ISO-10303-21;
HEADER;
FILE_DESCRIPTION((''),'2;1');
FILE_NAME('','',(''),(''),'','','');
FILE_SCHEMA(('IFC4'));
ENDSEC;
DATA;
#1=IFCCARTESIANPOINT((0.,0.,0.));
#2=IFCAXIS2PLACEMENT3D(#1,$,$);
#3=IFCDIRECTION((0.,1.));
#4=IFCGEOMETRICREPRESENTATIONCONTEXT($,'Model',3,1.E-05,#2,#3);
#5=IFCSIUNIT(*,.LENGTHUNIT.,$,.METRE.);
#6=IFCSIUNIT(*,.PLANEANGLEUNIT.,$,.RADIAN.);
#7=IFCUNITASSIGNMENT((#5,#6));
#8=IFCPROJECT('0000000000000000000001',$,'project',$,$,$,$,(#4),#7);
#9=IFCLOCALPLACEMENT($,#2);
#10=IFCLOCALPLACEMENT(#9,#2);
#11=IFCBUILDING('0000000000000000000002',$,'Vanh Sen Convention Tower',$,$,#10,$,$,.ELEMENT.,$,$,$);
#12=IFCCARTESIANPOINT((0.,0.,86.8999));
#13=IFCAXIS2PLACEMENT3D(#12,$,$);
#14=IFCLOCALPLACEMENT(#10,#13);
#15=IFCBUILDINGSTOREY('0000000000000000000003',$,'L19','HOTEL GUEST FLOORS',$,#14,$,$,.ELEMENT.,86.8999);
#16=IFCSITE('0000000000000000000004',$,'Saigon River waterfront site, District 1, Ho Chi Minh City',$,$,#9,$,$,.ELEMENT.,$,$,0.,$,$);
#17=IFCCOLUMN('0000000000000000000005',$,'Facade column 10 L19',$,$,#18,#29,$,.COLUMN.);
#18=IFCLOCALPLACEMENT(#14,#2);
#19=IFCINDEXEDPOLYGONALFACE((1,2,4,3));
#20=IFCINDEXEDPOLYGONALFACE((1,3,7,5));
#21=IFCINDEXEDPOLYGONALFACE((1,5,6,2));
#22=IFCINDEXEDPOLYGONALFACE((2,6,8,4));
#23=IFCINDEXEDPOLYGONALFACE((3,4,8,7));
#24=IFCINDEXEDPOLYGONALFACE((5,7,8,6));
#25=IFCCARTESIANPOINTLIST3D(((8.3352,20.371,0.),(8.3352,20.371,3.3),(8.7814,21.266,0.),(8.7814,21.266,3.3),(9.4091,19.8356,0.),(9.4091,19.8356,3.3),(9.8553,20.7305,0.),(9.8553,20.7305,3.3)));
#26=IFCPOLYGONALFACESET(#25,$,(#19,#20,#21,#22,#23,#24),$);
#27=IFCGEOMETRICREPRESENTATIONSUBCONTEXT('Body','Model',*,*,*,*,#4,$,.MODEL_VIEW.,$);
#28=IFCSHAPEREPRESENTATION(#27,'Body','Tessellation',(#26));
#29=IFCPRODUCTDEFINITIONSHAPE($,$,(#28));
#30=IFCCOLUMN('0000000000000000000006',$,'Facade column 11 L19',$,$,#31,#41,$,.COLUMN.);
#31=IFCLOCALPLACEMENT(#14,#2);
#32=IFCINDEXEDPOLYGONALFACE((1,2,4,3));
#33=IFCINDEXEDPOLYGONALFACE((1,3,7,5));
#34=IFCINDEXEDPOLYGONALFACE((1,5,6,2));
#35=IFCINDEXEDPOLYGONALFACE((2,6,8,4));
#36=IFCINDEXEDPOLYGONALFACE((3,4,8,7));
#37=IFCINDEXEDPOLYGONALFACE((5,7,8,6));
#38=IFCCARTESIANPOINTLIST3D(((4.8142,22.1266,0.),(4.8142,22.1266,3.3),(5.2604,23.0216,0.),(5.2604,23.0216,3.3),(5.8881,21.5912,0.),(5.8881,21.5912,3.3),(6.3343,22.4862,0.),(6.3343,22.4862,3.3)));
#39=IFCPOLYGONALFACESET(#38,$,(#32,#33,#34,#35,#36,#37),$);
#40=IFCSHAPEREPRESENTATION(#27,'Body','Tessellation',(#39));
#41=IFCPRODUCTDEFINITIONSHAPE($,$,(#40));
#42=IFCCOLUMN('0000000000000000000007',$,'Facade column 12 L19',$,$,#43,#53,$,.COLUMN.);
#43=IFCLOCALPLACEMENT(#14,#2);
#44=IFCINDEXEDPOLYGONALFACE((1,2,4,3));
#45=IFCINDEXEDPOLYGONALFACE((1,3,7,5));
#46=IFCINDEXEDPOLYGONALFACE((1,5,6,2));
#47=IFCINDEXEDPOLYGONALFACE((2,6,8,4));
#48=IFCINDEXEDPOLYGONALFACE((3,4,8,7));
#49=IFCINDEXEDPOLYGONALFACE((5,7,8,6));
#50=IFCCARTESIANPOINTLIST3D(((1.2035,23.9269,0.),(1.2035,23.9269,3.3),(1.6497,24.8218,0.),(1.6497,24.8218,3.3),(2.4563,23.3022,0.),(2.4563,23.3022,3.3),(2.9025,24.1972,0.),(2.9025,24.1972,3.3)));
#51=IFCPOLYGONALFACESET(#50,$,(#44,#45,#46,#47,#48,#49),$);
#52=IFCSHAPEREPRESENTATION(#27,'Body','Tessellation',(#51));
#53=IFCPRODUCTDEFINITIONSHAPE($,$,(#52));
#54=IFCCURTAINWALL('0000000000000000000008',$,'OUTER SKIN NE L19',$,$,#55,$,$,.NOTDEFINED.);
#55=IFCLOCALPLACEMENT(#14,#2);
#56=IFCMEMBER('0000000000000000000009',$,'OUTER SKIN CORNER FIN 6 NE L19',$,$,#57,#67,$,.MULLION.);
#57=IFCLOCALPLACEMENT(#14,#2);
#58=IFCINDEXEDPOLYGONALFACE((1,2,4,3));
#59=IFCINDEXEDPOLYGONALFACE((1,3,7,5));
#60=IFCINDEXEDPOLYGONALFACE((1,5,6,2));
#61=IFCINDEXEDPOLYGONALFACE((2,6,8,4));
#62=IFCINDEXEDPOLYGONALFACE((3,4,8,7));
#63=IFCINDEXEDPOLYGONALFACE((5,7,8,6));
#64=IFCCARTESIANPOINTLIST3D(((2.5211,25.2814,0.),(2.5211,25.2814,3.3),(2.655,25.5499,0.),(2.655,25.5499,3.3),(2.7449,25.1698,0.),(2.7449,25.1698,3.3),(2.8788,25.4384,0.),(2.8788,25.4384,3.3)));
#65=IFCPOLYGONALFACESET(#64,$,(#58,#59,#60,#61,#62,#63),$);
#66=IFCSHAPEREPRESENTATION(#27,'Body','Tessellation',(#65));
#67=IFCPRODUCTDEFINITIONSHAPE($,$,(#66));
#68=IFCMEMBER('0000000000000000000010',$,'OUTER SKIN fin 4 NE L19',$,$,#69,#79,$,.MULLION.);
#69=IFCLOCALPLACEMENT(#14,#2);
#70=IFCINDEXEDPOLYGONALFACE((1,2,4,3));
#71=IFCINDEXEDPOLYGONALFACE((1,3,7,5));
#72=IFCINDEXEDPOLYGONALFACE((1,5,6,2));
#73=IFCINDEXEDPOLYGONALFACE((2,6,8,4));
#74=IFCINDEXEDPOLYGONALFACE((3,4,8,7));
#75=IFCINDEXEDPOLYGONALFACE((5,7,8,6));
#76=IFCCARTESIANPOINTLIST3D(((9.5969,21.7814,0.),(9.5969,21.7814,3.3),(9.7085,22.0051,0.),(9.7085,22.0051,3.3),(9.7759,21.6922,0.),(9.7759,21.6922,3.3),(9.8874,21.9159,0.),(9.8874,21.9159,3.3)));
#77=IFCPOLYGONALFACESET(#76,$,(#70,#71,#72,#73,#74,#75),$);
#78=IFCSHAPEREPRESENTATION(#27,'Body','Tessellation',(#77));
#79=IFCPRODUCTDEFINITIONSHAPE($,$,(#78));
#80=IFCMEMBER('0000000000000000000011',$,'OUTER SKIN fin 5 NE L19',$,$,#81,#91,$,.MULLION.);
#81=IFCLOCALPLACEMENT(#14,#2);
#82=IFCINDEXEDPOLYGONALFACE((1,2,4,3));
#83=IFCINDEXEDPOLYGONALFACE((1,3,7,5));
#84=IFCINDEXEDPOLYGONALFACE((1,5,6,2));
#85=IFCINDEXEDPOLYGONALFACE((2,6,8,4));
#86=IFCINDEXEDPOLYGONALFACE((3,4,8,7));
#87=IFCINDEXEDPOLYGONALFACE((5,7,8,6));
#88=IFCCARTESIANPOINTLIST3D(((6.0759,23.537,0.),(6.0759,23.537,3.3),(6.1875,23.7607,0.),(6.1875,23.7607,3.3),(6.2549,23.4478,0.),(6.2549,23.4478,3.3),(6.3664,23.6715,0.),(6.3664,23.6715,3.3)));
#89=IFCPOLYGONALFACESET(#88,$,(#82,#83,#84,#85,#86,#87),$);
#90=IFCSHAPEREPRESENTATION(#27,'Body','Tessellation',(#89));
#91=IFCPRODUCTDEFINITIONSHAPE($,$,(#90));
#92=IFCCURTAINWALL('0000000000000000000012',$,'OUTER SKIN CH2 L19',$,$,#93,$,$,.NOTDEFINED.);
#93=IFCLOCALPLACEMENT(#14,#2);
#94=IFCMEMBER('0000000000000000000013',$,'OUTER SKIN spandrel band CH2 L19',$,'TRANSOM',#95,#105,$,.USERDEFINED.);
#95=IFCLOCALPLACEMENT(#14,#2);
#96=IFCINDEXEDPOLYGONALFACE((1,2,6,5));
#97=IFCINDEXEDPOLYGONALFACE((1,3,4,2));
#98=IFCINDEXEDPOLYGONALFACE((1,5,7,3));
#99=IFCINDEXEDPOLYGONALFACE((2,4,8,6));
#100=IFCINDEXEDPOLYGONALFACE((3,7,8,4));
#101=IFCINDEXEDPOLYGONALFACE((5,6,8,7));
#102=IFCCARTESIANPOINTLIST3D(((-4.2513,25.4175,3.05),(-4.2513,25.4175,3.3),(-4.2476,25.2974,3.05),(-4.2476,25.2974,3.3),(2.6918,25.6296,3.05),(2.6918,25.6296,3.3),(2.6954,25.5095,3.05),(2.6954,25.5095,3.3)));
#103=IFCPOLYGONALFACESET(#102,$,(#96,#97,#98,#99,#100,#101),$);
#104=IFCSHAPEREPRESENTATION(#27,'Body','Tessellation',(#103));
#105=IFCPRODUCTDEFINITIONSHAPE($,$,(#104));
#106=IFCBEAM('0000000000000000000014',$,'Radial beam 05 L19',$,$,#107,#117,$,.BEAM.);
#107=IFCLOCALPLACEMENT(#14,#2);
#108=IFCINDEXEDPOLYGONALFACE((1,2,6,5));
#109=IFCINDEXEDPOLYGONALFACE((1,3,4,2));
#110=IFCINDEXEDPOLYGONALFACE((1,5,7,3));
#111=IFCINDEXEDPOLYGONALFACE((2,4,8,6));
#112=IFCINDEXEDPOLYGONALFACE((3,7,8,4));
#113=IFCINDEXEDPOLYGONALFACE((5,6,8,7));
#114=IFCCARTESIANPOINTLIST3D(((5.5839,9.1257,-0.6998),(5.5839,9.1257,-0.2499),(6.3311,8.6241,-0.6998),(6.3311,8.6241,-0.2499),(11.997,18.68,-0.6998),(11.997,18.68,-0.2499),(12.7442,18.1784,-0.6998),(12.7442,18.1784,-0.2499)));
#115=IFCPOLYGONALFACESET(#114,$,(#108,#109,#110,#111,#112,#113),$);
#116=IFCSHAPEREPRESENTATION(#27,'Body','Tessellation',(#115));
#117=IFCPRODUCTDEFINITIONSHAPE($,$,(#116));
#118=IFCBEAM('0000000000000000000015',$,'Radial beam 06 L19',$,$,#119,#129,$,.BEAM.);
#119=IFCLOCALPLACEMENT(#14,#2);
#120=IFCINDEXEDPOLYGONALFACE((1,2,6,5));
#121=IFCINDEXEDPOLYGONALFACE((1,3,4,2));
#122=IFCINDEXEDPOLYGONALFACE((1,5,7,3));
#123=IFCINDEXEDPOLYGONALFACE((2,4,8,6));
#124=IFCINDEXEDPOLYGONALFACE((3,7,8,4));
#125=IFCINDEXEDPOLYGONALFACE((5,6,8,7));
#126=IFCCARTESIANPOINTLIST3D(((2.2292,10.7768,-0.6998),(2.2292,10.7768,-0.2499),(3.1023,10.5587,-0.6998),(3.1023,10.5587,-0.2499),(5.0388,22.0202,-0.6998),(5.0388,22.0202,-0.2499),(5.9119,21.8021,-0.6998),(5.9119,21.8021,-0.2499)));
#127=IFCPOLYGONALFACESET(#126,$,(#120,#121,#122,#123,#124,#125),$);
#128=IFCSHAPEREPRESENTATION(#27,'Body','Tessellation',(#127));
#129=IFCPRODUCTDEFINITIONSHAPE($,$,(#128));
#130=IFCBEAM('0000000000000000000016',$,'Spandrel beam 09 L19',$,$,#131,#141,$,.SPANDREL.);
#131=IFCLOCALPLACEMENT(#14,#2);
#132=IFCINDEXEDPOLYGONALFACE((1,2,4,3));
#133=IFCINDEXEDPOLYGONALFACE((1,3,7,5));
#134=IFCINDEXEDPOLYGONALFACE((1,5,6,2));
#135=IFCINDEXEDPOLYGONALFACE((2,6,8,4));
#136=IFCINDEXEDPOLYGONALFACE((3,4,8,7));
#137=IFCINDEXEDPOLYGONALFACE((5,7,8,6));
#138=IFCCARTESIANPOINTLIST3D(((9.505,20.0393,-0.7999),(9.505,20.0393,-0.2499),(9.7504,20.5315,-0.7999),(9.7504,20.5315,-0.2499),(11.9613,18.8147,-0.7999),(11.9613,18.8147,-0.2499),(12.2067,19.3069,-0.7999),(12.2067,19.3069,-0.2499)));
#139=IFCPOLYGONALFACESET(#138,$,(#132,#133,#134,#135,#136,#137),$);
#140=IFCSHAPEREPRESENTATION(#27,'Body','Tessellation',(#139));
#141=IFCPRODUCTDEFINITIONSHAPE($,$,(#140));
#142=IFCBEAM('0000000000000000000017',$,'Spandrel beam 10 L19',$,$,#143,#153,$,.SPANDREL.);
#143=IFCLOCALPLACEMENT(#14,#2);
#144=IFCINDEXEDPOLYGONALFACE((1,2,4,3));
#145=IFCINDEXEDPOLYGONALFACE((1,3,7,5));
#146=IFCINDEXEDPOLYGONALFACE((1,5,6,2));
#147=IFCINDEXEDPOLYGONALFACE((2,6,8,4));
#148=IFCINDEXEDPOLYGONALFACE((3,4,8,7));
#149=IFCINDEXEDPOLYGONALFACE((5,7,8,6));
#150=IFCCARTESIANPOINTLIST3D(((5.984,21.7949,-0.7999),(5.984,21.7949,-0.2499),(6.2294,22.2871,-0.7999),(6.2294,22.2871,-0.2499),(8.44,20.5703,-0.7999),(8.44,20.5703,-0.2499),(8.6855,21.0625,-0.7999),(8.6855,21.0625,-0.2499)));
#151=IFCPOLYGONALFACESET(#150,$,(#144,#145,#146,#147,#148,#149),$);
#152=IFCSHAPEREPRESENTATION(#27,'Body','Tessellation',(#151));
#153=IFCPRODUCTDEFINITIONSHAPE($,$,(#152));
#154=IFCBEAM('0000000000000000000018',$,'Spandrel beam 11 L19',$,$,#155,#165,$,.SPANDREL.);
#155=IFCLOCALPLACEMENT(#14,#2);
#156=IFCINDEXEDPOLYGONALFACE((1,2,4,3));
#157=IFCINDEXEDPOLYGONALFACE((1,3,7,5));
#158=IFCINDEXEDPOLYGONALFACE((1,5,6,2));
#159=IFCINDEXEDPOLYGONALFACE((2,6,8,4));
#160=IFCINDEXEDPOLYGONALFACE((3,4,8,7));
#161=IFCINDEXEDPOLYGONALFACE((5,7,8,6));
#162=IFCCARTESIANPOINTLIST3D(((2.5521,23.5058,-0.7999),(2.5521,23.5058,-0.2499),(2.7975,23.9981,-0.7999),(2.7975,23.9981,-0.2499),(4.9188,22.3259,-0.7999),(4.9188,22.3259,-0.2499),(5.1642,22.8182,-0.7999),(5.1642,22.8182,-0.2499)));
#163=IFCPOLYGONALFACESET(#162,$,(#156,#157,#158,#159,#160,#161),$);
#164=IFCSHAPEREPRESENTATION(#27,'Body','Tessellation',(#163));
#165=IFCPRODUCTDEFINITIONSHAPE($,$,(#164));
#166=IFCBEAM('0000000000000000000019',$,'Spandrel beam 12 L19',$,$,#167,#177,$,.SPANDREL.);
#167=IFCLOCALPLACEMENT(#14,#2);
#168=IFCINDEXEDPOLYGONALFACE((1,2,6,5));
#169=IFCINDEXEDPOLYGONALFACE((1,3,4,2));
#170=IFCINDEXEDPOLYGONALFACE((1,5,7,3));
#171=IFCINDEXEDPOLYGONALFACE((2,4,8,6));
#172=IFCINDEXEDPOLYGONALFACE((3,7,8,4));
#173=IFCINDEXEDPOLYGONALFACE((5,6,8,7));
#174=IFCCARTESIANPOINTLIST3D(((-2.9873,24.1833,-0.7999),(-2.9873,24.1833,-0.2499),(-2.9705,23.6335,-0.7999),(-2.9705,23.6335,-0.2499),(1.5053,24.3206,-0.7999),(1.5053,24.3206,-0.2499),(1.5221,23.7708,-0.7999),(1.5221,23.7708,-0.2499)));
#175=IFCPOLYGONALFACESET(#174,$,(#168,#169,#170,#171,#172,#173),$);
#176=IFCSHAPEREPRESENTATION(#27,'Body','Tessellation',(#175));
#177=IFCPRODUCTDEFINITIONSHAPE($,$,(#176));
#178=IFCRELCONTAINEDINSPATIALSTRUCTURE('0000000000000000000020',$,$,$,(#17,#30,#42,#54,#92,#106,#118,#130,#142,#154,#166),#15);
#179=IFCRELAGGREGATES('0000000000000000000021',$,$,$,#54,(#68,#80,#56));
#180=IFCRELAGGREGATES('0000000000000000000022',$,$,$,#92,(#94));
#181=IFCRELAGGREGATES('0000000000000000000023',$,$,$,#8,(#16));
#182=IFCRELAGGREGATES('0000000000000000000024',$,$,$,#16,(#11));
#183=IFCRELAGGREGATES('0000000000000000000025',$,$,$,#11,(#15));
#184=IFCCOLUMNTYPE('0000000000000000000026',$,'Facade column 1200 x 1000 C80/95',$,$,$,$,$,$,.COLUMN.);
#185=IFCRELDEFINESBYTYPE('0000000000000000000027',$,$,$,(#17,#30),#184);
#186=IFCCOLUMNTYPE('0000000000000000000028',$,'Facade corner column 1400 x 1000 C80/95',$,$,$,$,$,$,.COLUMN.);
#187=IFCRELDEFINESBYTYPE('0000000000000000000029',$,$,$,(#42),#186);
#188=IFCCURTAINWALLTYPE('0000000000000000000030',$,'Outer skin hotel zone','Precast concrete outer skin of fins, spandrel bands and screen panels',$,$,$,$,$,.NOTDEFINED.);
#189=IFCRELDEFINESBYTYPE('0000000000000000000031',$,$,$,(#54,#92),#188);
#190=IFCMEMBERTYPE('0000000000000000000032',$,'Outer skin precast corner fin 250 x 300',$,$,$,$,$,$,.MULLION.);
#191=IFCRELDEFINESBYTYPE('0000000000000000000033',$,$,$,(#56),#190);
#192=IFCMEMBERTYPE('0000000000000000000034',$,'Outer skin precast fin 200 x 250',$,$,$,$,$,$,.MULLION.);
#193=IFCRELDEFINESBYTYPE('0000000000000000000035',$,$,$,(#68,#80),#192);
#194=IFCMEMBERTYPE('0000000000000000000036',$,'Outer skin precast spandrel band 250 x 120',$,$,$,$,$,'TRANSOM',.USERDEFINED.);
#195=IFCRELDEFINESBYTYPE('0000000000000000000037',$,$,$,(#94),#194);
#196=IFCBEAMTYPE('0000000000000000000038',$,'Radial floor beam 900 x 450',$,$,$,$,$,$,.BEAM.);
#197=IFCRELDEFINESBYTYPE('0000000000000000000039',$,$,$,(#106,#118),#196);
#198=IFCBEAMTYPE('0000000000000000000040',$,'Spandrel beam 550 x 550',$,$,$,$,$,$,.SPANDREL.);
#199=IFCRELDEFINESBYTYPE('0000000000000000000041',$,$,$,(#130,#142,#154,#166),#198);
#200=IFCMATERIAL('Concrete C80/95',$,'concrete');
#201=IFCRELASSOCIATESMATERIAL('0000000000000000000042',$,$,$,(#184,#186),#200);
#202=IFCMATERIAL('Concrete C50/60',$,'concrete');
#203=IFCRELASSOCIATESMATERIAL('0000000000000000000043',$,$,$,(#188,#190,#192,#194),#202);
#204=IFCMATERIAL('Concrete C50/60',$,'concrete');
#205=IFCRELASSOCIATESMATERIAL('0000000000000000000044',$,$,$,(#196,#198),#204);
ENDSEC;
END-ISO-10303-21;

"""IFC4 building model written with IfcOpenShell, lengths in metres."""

from ifc_helpers import new_model, si_unit, direction, frame, origin, origin_2d, place, context, subcontext, project, spatial, rectangle, extrude, material, material_profile, profile_set, type_object, element, aggregate, save


model = new_model("IFC4")

# Units and contexts
model_context = context("Model", 3, precision=1e-05, world=origin(), true_north=direction((0.0, 1.0)))
body_context = subcontext(model_context, "Body", "Model", "MODEL_VIEW")
ifc_project = project(units=[si_unit("LENGTHUNIT", "METRE"), si_unit("PLANEANGLEUNIT", "RADIAN")], contexts=[model_context])

# Site, building, storey
site_placement = place(None, origin())
site = spatial("IfcSite", under=ifc_project, at=site_placement, Name="Saigon River waterfront site, District 1, Ho Chi Minh City", CompositionType="ELEMENT", RefElevation=0.0)
building_placement = place(site_placement, origin())
building = spatial("IfcBuilding", under=site, at=building_placement, Name="Vanh Sen Convention Tower", CompositionType="ELEMENT")
storey_placement = place(building_placement, frame((0.0, 0.0, 86.8999)))
storey = spatial("IfcBuildingStorey", under=building, at=storey_placement, Name="L19", Description="HOTEL GUEST FLOORS", CompositionType="ELEMENT", Elevation=86.8999)

# Columns
ifc_material_1 = material(Name="Concrete C80/95", Category="concrete")
ifc_material_profile_1 = material_profile(ifc_material_1, rectangle(XDim=1.2, YDim=1.0, at=origin_2d()), Name="RC 1200X1000")
ifc_profile_set_1 = profile_set([ifc_material_profile_1], Name="Concrete C80/95")
column_type_1 = type_object("IfcColumnType", Name="Facade column 1200 x 1000 C80/95", PredefinedType="COLUMN", material=ifc_profile_set_1)
for number, where, z_axis, x_axis, name in (
    (1, (9.0952, 20.5508, 0.0), (0.0, 0.0, 1.0), (-0.894934, 0.446198, 0.0), "Facade column 10 L19"),
    (2, (5.5742, 22.3064, 0.0), (0.0, 0.0, 1.0), (-0.894934, 0.446198, 0.0), "Facade column 11 L19"),
):
    element("IfcColumn", number, at=place(storey_placement, frame(where, z_axis=z_axis, x_axis=x_axis)), inside=storey, type_object=column_type_1, Name=name, PredefinedType="COLUMN", context=body_context, shape_type="SweptSolid", body=[
        extrude(rectangle(XDim=1.2, YDim=1.0, at=origin_2d()), origin(), (0.0, 0.0, 1.0), 3.3),
    ])
ifc_material_profile_2 = material_profile(ifc_material_1, rectangle(XDim=1.3999, YDim=1.0, at=origin_2d()), Name="RC 1400X1000")
ifc_profile_set_2 = profile_set([ifc_material_profile_2], Name="Concrete C80/95")
column_type_2 = type_object("IfcColumnType", Name="Facade corner column 1400 x 1000 C80/95", PredefinedType="COLUMN", material=ifc_profile_set_2)
column_placement = place(storey_placement, frame((2.053, 24.062, 0.0), z_axis=(0.0, 0.0, 1.0), x_axis=(-0.894934, 0.446198, 0.0)))
element("IfcColumn", 3, at=column_placement, inside=storey, type_object=column_type_2, Name="Facade column 12 L19", PredefinedType="COLUMN", context=body_context, shape_type="SweptSolid", body=[
    extrude(rectangle(XDim=1.3999, YDim=1.0, at=origin_2d()), origin(), (0.0, 0.0, 1.0), 3.3),
])

# Curtain wall, members
ifc_material_2 = material(Name="Concrete C50/60", Category="concrete")
curtain_wall_type = type_object("IfcCurtainWallType", Name="Outer skin hotel zone", Description="Precast concrete outer skin of fins, spandrel bands and screen panels", PredefinedType="NOTDEFINED", material=ifc_material_2)
curtain_wall_1_placement = place(storey_placement, origin())
curtain_wall_1 = element("IfcCurtainWall", 4, at=curtain_wall_1_placement, inside=storey, type_object=curtain_wall_type, Name="OUTER SKIN NE L19", PredefinedType="NOTDEFINED")
ifc_material_profile_3 = material_profile(ifc_material_2, rectangle(XDim=0.25, YDim=0.3, at=origin_2d()), Name="Outer skin precast corner fin 250 x 300")
ifc_profile_set_3 = profile_set([ifc_material_profile_3], Name="Concrete C50/60")
member_type_1 = type_object("IfcMemberType", Name="Outer skin precast corner fin 250 x 300", PredefinedType="MULLION", material=ifc_profile_set_3)
member_1_placement = place(storey_placement, frame((2.7, 25.3599, 0.0), z_axis=(0.0, 0.0, 1.0), x_axis=(-0.894934, 0.446198, 0.0)))
member_1 = element("IfcMember", 5, at=member_1_placement, type_object=member_type_1, Name="OUTER SKIN CORNER FIN 6 NE L19", PredefinedType="MULLION", context=body_context, shape_type="SweptSolid", body=[
    extrude(rectangle(XDim=0.25, YDim=0.3, at=origin_2d()), origin(), (0.0, 0.0, 1.0), 3.3),
])
ifc_material_profile_4 = material_profile(ifc_material_2, rectangle(XDim=0.2, YDim=0.25, at=origin_2d()), Name="Outer skin precast fin 200 x 250")
ifc_profile_set_4 = profile_set([ifc_material_profile_4], Name="Concrete C50/60")
member_type_2 = type_object("IfcMemberType", Name="Outer skin precast fin 200 x 250", PredefinedType="MULLION", material=ifc_profile_set_4)
member_2_placement = place(storey_placement, frame((9.7422, 21.8486, 0.0), z_axis=(0.0, 0.0, 1.0), x_axis=(-0.894934, 0.446198, 0.0)))
member_2 = element("IfcMember", 6, at=member_2_placement, type_object=member_type_2, Name="OUTER SKIN fin 4 NE L19", PredefinedType="MULLION", context=body_context, shape_type="SweptSolid", body=[
    extrude(rectangle(XDim=0.2, YDim=0.25, at=origin_2d()), origin(), (0.0, 0.0, 1.0), 3.3),
])
member_3_placement = place(storey_placement, frame((6.2212, 23.6042, 0.0), z_axis=(0.0, 0.0, 1.0), x_axis=(-0.894934, 0.446198, 0.0)))
member_3 = element("IfcMember", 7, at=member_3_placement, type_object=member_type_2, Name="OUTER SKIN fin 5 NE L19", PredefinedType="MULLION", context=body_context, shape_type="SweptSolid", body=[
    extrude(rectangle(XDim=0.2, YDim=0.25, at=origin_2d()), origin(), (0.0, 0.0, 1.0), 3.3),
])

# Curtain wall, member
curtain_wall_2_placement = place(storey_placement, origin())
curtain_wall_2 = element("IfcCurtainWall", 8, at=curtain_wall_2_placement, inside=storey, type_object=curtain_wall_type, Name="OUTER SKIN CH2 L19", PredefinedType="NOTDEFINED")
ifc_material_profile_5 = material_profile(ifc_material_2, rectangle(XDim=0.1201, YDim=0.25, at=origin_2d()), Name="Outer skin precast spandrel band 250 x 120")
ifc_profile_set_5 = profile_set([ifc_material_profile_5], Name="Concrete C50/60")
member_type_3 = type_object("IfcMemberType", Name="Outer skin precast spandrel band 250 x 120", ElementType="TRANSOM", PredefinedType="USERDEFINED", material=ifc_profile_set_5)
member_4_placement = place(storey_placement, frame((2.6936, 25.5696, 3.175), z_axis=(-0.999533, -0.030542, 0.0), x_axis=(0.030542, -0.999533, 0.0)))
member_4 = element("IfcMember", 9, at=member_4_placement, type_object=member_type_3, Name="OUTER SKIN spandrel band CH2 L19", ObjectType="TRANSOM", PredefinedType="USERDEFINED", context=body_context, shape_type="SweptSolid", body=[
    extrude(rectangle(XDim=0.1201, YDim=0.25, at=origin_2d()), origin(), (0.0, 0.0, 1.0), 6.9463),
])

# Beams
ifc_material_3 = material(Name="Concrete C50/60", Category="concrete")
ifc_material_profile_6 = material_profile(ifc_material_3, rectangle(XDim=0.8999, YDim=0.45, at=origin_2d()), Name="RC 900X450")
ifc_profile_set_6 = profile_set([ifc_material_profile_6], Name="Concrete C50/60")
beam_type_1 = type_object("IfcBeamType", Name="Radial floor beam 900 x 450", PredefinedType="BEAM", material=ifc_profile_set_6)
beam_1_placement = place(storey_placement, frame((12.3706, 18.4292, -0.4749), z_axis=(-0.557322, -0.830297, 0.0), x_axis=(0.830297, -0.557322, 0.0)))
element("IfcBeam", 10, at=beam_1_placement, inside=storey, type_object=beam_type_1, Name="Radial beam 05 L19", PredefinedType="BEAM", context=body_context, shape_type="SweptSolid", body=[
    extrude(rectangle(XDim=0.8999, YDim=0.45, at=origin_2d()), origin(), (0.0, 0.0, 1.0), 11.5071),
])
beam_2_placement = place(storey_placement, frame((5.4753, 21.9111, -0.4749), z_axis=(-0.242432, -0.970169, 0.0), x_axis=(0.970169, -0.242432, 0.0)))
element("IfcBeam", 11, at=beam_2_placement, inside=storey, type_object=beam_type_1, Name="Radial beam 06 L19", PredefinedType="BEAM", context=body_context, shape_type="SweptSolid", body=[
    extrude(rectangle(XDim=0.8999, YDim=0.45, at=origin_2d()), origin(), (0.0, 0.0, 1.0), 11.5891),
])
ifc_material_profile_7 = material_profile(ifc_material_3, rectangle(XDim=0.55, YDim=0.55, at=origin_2d()), Name="RC 550X550")
ifc_profile_set_7 = profile_set([ifc_material_profile_7], Name="Concrete C50/60")
beam_type_2 = type_object("IfcBeamType", Name="Spandrel beam 550 x 550", PredefinedType="SPANDREL", material=ifc_profile_set_7)
beam_3_placement = place(storey_placement, frame((12.084, 19.0608, -0.5249), z_axis=(-0.894943, 0.446181, 0.0), x_axis=(-0.446181, -0.894943, 0.0)))
element("IfcBeam", 12, at=beam_3_placement, inside=storey, type_object=beam_type_2, Name="Spandrel beam 09 L19", PredefinedType="SPANDREL", context=body_context, shape_type="SweptSolid", body=[
    extrude(rectangle(XDim=0.55, YDim=0.55, at=origin_2d()), origin(), (0.0, 0.0, 1.0), 2.7446),
])
beam_4_placement = place(storey_placement, frame((8.5627, 20.8164, -0.5249), z_axis=(-0.894925, 0.446217, 0.0), x_axis=(-0.446217, -0.894925, 0.0)))
element("IfcBeam", 13, at=beam_4_placement, inside=storey, type_object=beam_type_2, Name="Spandrel beam 10 L19", PredefinedType="SPANDREL", context=body_context, shape_type="SweptSolid", body=[
    extrude(rectangle(XDim=0.55, YDim=0.55, at=origin_2d()), origin(), (0.0, 0.0, 1.0), 2.7444),
])
beam_5_placement = place(storey_placement, frame((5.0415, 22.572, -0.5249), z_axis=(-0.894944, 0.446179, 0.0), x_axis=(-0.446179, -0.894944, 0.0)))
element("IfcBeam", 14, at=beam_5_placement, inside=storey, type_object=beam_type_2, Name="Spandrel beam 11 L19", PredefinedType="SPANDREL", context=body_context, shape_type="SweptSolid", body=[
    extrude(rectangle(XDim=0.55, YDim=0.55, at=origin_2d()), origin(), (0.0, 0.0, 1.0), 2.6445),
])
beam_6_placement = place(storey_placement, frame((1.5137, 24.0457, -0.5249), z_axis=(-0.999534, -0.030528, 0.0), x_axis=(0.030528, -0.999534, 0.0)))
element("IfcBeam", 15, at=beam_6_placement, inside=storey, type_object=beam_type_2, Name="Spandrel beam 12 L19", PredefinedType="SPANDREL", context=body_context, shape_type="SweptSolid", body=[
    extrude(rectangle(XDim=0.55, YDim=0.55, at=origin_2d()), origin(), (0.0, 0.0, 1.0), 4.4946),
])

aggregate(curtain_wall_1, [member_2, member_3, member_1])
aggregate(curtain_wall_2, [member_4])

save(model, "model.ifc")
